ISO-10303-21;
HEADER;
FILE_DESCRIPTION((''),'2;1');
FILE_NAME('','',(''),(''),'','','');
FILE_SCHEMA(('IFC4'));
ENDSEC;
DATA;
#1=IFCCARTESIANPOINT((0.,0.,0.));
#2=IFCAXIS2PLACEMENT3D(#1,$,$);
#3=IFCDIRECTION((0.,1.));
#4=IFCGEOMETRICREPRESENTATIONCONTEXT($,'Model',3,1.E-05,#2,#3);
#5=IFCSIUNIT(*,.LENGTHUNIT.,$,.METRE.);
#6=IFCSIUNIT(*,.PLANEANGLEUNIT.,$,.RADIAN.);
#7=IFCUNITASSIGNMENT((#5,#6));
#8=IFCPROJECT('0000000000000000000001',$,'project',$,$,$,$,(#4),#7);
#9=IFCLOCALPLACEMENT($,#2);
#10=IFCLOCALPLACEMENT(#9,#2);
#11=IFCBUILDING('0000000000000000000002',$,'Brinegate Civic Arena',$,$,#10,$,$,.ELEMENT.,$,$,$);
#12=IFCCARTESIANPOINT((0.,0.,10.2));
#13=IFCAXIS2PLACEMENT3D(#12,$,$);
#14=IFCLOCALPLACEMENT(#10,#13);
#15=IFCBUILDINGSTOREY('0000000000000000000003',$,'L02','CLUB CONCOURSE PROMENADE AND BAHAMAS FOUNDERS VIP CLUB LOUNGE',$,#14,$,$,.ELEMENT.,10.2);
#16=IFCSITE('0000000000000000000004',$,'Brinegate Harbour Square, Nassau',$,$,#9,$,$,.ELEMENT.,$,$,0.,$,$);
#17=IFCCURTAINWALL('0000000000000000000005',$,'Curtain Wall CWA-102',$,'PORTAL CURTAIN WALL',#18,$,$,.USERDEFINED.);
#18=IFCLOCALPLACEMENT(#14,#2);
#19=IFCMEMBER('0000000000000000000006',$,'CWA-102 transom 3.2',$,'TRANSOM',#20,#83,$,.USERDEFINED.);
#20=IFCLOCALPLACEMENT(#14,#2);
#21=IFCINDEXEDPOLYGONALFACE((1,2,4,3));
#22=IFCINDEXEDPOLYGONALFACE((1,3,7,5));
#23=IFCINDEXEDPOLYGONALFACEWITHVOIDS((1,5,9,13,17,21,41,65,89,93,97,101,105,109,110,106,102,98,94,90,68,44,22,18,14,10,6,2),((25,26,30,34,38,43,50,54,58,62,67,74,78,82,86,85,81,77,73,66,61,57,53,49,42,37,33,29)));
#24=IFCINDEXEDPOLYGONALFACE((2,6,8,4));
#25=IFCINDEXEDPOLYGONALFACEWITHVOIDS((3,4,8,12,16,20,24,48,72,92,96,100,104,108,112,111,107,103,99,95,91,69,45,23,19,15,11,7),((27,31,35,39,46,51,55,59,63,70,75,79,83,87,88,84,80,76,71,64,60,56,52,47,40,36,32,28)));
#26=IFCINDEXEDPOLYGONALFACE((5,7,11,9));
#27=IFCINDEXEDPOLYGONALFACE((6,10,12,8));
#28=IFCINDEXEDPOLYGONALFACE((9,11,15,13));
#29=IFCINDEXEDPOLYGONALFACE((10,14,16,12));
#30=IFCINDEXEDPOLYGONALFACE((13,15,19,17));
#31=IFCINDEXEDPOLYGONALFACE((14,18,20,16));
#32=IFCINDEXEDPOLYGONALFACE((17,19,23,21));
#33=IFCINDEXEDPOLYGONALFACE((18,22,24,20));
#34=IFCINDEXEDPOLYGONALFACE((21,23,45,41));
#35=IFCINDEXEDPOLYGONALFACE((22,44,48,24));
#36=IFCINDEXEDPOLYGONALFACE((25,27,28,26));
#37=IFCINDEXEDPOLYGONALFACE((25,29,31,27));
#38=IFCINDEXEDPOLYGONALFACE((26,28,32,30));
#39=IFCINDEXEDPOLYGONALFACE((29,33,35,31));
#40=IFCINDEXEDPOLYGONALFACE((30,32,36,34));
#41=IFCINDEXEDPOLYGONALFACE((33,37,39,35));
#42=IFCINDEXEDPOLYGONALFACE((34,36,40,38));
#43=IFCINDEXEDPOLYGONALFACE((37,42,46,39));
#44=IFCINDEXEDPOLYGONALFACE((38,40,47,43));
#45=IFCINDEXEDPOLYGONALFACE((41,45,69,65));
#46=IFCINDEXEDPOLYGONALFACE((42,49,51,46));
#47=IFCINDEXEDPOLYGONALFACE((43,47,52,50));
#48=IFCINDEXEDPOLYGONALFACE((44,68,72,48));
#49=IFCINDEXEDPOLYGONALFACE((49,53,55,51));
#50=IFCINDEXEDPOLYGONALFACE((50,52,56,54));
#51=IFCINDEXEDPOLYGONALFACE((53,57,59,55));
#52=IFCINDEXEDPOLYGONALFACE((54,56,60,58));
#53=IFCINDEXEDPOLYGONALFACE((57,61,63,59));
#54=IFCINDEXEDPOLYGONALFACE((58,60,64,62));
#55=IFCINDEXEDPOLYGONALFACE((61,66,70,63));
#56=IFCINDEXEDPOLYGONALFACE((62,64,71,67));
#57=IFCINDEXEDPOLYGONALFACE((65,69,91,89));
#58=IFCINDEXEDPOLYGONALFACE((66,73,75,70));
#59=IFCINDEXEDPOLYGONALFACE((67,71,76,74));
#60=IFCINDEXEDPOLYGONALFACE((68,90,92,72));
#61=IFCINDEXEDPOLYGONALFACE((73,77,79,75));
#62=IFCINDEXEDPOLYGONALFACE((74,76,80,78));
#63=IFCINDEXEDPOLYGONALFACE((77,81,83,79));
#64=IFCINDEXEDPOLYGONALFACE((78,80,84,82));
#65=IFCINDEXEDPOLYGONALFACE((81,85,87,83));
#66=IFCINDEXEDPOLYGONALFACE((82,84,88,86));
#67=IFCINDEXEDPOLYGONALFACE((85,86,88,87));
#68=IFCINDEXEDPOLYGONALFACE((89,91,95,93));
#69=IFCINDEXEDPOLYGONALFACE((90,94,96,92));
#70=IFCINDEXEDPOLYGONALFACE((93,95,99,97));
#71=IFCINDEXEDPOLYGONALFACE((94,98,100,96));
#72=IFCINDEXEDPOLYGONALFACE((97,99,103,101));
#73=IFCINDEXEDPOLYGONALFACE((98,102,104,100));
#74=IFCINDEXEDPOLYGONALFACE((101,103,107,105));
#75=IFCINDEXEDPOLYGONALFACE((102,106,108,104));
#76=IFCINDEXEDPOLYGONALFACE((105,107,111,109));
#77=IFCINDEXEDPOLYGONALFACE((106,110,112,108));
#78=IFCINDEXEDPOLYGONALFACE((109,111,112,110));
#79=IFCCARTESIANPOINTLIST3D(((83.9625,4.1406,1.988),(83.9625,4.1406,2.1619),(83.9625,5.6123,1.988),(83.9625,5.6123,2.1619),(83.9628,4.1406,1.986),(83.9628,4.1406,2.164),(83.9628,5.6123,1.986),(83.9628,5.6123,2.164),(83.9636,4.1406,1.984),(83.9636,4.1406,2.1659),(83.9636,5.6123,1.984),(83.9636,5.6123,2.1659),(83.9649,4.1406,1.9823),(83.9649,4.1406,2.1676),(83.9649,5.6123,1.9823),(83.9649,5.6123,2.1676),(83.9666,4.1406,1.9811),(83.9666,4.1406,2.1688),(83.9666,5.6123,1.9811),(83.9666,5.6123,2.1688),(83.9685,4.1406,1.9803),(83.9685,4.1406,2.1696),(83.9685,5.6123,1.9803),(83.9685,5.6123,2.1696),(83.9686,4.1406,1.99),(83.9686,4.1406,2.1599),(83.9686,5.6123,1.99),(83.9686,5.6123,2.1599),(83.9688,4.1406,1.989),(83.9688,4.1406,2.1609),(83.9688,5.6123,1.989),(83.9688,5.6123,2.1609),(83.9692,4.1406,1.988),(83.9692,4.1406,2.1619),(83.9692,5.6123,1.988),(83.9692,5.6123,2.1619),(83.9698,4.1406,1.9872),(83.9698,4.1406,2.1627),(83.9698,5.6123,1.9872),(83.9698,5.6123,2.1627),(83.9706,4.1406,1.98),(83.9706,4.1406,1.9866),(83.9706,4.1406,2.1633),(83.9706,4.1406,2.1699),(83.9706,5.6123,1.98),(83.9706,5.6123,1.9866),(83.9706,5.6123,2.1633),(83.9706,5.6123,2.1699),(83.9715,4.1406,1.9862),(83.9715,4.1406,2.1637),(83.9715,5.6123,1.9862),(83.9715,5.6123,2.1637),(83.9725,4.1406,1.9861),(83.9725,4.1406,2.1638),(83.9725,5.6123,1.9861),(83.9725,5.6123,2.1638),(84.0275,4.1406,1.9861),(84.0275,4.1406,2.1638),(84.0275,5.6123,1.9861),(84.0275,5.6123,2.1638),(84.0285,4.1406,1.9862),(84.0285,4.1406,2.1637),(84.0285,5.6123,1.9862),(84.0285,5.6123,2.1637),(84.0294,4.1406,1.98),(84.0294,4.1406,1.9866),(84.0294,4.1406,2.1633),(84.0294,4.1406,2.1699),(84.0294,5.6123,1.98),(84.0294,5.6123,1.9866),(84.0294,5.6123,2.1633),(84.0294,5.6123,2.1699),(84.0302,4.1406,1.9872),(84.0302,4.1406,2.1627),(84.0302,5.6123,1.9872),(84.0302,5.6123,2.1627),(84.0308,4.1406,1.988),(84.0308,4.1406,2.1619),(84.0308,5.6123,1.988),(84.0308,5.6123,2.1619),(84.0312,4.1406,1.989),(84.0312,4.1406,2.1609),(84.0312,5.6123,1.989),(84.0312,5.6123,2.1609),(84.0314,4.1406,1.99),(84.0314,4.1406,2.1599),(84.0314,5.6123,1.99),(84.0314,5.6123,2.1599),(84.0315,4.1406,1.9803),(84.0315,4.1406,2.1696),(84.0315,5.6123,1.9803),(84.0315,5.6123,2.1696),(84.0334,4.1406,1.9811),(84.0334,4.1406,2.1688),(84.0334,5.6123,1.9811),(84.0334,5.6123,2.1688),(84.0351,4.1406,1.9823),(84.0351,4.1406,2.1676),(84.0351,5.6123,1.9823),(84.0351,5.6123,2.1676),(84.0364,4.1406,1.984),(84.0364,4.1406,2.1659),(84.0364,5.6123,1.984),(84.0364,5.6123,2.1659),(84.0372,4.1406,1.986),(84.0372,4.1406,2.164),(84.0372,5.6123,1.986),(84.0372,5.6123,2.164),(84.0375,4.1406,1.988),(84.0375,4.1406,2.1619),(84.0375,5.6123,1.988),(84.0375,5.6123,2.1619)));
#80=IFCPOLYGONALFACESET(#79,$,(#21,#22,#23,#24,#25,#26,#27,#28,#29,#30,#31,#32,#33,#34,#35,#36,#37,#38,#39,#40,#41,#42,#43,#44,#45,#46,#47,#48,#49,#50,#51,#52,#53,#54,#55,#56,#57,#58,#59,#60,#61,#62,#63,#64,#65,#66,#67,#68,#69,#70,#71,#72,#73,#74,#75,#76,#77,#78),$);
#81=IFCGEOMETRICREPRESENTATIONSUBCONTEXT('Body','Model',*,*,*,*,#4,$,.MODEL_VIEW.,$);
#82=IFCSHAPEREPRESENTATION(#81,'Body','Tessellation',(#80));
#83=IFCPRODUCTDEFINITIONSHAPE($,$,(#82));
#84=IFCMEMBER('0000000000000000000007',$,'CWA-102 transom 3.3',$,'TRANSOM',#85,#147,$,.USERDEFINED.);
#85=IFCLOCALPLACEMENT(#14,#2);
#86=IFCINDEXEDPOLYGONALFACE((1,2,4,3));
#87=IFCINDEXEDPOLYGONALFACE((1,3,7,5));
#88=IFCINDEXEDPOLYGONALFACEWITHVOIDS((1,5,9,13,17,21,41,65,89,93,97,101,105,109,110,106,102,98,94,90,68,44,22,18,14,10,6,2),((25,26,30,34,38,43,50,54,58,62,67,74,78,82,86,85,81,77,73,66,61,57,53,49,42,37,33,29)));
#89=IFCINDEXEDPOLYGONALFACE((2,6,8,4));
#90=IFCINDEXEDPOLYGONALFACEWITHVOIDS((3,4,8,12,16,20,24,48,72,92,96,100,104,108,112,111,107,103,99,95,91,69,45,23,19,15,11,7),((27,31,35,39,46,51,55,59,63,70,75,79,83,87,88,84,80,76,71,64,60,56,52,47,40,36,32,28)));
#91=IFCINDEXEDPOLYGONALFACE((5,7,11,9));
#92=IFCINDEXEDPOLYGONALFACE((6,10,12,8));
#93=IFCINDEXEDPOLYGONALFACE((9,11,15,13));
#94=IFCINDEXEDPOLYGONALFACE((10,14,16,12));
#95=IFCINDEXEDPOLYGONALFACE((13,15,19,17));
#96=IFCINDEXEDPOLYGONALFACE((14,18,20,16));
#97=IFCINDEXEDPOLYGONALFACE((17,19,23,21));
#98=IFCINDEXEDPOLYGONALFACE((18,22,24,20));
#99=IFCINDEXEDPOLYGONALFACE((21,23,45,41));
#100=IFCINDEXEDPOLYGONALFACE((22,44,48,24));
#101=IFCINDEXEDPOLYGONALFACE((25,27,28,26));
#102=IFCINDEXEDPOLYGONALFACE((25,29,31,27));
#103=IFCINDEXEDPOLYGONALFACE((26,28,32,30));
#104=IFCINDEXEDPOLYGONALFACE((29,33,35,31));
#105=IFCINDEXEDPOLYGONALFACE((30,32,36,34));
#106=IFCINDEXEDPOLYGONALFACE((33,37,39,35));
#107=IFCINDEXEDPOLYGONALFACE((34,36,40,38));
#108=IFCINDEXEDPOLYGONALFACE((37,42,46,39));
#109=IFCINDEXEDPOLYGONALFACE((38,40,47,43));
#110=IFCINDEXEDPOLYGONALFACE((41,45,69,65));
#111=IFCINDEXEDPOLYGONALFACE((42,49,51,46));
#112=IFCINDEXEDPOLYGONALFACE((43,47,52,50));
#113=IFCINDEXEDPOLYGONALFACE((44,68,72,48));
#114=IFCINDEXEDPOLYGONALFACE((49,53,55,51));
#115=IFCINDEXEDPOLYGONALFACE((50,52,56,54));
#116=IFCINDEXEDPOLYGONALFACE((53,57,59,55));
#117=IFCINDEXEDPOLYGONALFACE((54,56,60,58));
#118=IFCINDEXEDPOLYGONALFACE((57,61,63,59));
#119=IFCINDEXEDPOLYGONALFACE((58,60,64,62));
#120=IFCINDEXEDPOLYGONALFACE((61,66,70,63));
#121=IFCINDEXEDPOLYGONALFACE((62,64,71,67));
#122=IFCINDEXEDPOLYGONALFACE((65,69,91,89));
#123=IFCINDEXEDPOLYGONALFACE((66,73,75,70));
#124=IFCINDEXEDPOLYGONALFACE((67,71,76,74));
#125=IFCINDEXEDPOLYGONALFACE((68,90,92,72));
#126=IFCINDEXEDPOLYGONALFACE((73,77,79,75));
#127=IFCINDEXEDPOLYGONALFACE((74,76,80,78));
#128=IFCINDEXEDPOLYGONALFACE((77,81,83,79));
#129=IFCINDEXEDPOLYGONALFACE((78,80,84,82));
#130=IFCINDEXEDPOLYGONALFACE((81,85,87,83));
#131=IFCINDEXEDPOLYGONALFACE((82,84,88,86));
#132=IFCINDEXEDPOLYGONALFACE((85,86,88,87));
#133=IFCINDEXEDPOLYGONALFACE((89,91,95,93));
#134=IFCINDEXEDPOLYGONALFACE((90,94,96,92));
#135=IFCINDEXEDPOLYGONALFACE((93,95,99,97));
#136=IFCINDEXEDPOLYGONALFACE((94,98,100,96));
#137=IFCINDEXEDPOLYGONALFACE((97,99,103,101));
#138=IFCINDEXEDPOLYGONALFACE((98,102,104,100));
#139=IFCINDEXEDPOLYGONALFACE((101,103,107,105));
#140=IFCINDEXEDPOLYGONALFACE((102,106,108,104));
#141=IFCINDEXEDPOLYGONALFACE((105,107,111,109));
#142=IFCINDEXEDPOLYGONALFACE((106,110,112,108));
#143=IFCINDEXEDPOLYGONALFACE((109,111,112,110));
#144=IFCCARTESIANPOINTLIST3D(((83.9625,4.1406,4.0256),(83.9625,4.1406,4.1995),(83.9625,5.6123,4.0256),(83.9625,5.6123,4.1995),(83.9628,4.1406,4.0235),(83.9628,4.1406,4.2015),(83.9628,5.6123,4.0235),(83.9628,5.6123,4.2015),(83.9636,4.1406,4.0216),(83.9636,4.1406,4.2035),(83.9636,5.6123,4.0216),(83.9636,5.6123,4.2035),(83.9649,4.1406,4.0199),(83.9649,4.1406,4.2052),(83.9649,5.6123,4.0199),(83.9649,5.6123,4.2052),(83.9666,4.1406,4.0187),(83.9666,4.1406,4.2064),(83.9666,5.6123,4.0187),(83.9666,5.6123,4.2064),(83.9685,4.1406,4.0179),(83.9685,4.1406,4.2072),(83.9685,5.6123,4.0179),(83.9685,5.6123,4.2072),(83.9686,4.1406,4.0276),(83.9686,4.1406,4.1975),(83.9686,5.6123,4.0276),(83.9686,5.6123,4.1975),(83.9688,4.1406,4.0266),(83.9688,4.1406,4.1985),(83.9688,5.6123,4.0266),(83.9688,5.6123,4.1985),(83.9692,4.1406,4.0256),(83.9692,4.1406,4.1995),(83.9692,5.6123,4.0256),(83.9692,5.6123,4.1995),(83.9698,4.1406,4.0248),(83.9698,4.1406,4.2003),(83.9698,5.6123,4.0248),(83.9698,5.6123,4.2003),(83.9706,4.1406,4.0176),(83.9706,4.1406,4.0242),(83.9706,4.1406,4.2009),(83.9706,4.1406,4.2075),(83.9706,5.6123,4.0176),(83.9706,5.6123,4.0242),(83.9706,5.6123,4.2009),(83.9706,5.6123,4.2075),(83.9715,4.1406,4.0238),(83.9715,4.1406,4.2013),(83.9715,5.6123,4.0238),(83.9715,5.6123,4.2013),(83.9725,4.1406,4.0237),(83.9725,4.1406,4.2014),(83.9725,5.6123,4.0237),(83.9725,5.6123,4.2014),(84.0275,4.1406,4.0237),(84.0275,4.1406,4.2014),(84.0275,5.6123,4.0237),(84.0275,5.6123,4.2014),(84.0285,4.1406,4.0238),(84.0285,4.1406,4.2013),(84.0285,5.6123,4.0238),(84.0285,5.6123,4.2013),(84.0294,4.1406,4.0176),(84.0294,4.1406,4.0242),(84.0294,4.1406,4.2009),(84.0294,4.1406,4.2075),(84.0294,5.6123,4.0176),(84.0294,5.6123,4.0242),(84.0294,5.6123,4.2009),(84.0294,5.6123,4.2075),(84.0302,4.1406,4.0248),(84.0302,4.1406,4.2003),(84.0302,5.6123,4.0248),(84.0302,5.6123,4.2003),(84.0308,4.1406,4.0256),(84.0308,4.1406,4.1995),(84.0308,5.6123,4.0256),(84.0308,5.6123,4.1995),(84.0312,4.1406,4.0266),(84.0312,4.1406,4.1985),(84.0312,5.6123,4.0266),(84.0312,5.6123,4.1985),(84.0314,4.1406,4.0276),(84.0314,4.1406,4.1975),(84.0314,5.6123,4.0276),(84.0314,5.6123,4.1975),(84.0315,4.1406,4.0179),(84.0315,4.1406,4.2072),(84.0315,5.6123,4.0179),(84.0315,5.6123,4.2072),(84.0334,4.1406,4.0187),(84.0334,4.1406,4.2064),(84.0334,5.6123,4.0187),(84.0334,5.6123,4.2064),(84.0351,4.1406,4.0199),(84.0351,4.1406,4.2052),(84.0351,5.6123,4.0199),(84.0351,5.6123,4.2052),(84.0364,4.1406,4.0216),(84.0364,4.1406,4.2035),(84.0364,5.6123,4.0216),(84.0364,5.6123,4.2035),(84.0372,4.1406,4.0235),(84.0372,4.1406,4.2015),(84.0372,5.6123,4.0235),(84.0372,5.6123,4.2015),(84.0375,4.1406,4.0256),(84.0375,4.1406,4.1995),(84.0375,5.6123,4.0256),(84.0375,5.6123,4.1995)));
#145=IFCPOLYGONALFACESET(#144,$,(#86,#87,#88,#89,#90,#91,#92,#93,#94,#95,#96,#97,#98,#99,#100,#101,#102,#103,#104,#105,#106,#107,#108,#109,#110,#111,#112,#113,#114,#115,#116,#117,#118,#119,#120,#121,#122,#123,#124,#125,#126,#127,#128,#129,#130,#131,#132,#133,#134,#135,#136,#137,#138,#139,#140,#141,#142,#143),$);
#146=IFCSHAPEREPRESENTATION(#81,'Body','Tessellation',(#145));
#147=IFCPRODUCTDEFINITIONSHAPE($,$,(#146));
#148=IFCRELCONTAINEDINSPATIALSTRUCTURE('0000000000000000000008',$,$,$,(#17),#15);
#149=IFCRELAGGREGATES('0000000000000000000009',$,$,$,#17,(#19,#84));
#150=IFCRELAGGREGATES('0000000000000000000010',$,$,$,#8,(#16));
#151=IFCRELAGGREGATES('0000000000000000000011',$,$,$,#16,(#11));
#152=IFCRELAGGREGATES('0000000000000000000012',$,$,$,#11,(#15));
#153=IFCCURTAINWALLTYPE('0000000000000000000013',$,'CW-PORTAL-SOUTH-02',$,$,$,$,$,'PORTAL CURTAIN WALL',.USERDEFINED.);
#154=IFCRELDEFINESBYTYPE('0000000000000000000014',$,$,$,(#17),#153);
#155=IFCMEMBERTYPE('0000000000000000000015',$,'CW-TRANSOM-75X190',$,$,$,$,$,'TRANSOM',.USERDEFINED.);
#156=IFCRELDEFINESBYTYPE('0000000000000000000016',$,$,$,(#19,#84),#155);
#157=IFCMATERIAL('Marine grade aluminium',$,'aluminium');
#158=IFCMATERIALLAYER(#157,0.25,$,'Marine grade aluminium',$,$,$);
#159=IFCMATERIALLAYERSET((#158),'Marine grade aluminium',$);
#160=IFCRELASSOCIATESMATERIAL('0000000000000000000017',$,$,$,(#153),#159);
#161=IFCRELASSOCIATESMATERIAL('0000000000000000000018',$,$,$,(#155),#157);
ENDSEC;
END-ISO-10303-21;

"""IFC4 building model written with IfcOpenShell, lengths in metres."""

from ifc_helpers import new_model, si_unit, direction, frame, origin, origin_2d, place, context, subcontext, project, spatial, hollow_rectangle, extrude, material, layer, layer_set, material_profile, profile_set, type_object, element, aggregate, save


model = new_model("IFC4")

# Units and contexts
model_context = context("Model", 3, precision=1e-05, world=origin(), true_north=direction((0.0, 1.0)))
body_context = subcontext(model_context, "Body", "Model", "MODEL_VIEW")
ifc_project = project(units=[si_unit("LENGTHUNIT", "METRE"), si_unit("PLANEANGLEUNIT", "RADIAN")], contexts=[model_context])

# Site, building, storey
site_placement = place(None, origin())
site = spatial("IfcSite", under=ifc_project, at=site_placement, Name="Brinegate Harbour Square, Nassau", CompositionType="ELEMENT", RefElevation=0.0)
building_placement = place(site_placement, origin())
building = spatial("IfcBuilding", under=site, at=building_placement, Name="Brinegate Civic Arena", CompositionType="ELEMENT")
storey_placement = place(building_placement, frame((0.0, 0.0, 10.2)))
storey = spatial("IfcBuildingStorey", under=building, at=storey_placement, Name="L02", Description="CLUB CONCOURSE PROMENADE AND BAHAMAS FOUNDERS VIP CLUB LOUNGE", CompositionType="ELEMENT", Elevation=10.2)

# Curtain wall, members
ifc_material_1 = material(Name="Marine grade aluminium", Category="aluminium")
ifc_layer_1 = layer(ifc_material_1, 0.25, Name="Marine grade aluminium")
ifc_layer_set_1 = layer_set([ifc_layer_1], Name="Marine grade aluminium")
curtain_wall_type = type_object("IfcCurtainWallType", Name="CW-PORTAL-SOUTH-02", ElementType="PORTAL CURTAIN WALL", PredefinedType="USERDEFINED", material=ifc_layer_set_1)
curtain_wall_placement = place(storey_placement, origin())
curtain_wall = element("IfcCurtainWall", 1, at=curtain_wall_placement, inside=storey, type_object=curtain_wall_type, Name="Curtain Wall CWA-102", ObjectType="PORTAL CURTAIN WALL", PredefinedType="USERDEFINED")
ifc_material_profile_1 = material_profile(ifc_material_1, hollow_rectangle(XDim=0.075, YDim=0.1899, WallThickness=0.0061, InnerFilletRadius=0.0039, OuterFilletRadius=0.0081, at=origin_2d()), Name="TRN75X190")
ifc_profile_set_1 = profile_set([ifc_material_profile_1], Name="Marine grade aluminium")
member_type_1 = type_object("IfcMemberType", Name="CW-TRANSOM-75X190", ElementType="TRANSOM", PredefinedType="USERDEFINED", material=ifc_profile_set_1)
member_1_placement = place(storey_placement, frame((84.0, 4.1406, 2.075), z_axis=(0.0, 1.0, 0.0), x_axis=(-1.0, 0.0, 0.0)))
member_1 = element("IfcMember", 2, at=member_1_placement, type_object=member_type_1, Name="CWA-102 transom 3.2", ObjectType="TRANSOM", PredefinedType="USERDEFINED", context=body_context, shape_type="SweptSolid", body=[
    extrude(hollow_rectangle(XDim=0.075, YDim=0.1899, WallThickness=0.0061, InnerFilletRadius=0.0039, OuterFilletRadius=0.0081, at=origin_2d()), origin(), (0.0, 0.0, 1.0), 1.4717),
])
member_2_placement = place(storey_placement, frame((84.0, 4.1406, 4.1125), z_axis=(0.0, 1.0, 0.0), x_axis=(-1.0, 0.0, 0.0)))
member_2 = element("IfcMember", 3, at=member_2_placement, type_object=member_type_1, Name="CWA-102 transom 3.3", ObjectType="TRANSOM", PredefinedType="USERDEFINED", context=body_context, shape_type="SweptSolid", body=[
    extrude(hollow_rectangle(XDim=0.075, YDim=0.1899, WallThickness=0.0061, InnerFilletRadius=0.0039, OuterFilletRadius=0.0081, at=origin_2d()), origin(), (0.0, 0.0, 1.0), 1.4717),
])
aggregate(curtain_wall, [member_1, member_2])

save(model, "model.ifc")
